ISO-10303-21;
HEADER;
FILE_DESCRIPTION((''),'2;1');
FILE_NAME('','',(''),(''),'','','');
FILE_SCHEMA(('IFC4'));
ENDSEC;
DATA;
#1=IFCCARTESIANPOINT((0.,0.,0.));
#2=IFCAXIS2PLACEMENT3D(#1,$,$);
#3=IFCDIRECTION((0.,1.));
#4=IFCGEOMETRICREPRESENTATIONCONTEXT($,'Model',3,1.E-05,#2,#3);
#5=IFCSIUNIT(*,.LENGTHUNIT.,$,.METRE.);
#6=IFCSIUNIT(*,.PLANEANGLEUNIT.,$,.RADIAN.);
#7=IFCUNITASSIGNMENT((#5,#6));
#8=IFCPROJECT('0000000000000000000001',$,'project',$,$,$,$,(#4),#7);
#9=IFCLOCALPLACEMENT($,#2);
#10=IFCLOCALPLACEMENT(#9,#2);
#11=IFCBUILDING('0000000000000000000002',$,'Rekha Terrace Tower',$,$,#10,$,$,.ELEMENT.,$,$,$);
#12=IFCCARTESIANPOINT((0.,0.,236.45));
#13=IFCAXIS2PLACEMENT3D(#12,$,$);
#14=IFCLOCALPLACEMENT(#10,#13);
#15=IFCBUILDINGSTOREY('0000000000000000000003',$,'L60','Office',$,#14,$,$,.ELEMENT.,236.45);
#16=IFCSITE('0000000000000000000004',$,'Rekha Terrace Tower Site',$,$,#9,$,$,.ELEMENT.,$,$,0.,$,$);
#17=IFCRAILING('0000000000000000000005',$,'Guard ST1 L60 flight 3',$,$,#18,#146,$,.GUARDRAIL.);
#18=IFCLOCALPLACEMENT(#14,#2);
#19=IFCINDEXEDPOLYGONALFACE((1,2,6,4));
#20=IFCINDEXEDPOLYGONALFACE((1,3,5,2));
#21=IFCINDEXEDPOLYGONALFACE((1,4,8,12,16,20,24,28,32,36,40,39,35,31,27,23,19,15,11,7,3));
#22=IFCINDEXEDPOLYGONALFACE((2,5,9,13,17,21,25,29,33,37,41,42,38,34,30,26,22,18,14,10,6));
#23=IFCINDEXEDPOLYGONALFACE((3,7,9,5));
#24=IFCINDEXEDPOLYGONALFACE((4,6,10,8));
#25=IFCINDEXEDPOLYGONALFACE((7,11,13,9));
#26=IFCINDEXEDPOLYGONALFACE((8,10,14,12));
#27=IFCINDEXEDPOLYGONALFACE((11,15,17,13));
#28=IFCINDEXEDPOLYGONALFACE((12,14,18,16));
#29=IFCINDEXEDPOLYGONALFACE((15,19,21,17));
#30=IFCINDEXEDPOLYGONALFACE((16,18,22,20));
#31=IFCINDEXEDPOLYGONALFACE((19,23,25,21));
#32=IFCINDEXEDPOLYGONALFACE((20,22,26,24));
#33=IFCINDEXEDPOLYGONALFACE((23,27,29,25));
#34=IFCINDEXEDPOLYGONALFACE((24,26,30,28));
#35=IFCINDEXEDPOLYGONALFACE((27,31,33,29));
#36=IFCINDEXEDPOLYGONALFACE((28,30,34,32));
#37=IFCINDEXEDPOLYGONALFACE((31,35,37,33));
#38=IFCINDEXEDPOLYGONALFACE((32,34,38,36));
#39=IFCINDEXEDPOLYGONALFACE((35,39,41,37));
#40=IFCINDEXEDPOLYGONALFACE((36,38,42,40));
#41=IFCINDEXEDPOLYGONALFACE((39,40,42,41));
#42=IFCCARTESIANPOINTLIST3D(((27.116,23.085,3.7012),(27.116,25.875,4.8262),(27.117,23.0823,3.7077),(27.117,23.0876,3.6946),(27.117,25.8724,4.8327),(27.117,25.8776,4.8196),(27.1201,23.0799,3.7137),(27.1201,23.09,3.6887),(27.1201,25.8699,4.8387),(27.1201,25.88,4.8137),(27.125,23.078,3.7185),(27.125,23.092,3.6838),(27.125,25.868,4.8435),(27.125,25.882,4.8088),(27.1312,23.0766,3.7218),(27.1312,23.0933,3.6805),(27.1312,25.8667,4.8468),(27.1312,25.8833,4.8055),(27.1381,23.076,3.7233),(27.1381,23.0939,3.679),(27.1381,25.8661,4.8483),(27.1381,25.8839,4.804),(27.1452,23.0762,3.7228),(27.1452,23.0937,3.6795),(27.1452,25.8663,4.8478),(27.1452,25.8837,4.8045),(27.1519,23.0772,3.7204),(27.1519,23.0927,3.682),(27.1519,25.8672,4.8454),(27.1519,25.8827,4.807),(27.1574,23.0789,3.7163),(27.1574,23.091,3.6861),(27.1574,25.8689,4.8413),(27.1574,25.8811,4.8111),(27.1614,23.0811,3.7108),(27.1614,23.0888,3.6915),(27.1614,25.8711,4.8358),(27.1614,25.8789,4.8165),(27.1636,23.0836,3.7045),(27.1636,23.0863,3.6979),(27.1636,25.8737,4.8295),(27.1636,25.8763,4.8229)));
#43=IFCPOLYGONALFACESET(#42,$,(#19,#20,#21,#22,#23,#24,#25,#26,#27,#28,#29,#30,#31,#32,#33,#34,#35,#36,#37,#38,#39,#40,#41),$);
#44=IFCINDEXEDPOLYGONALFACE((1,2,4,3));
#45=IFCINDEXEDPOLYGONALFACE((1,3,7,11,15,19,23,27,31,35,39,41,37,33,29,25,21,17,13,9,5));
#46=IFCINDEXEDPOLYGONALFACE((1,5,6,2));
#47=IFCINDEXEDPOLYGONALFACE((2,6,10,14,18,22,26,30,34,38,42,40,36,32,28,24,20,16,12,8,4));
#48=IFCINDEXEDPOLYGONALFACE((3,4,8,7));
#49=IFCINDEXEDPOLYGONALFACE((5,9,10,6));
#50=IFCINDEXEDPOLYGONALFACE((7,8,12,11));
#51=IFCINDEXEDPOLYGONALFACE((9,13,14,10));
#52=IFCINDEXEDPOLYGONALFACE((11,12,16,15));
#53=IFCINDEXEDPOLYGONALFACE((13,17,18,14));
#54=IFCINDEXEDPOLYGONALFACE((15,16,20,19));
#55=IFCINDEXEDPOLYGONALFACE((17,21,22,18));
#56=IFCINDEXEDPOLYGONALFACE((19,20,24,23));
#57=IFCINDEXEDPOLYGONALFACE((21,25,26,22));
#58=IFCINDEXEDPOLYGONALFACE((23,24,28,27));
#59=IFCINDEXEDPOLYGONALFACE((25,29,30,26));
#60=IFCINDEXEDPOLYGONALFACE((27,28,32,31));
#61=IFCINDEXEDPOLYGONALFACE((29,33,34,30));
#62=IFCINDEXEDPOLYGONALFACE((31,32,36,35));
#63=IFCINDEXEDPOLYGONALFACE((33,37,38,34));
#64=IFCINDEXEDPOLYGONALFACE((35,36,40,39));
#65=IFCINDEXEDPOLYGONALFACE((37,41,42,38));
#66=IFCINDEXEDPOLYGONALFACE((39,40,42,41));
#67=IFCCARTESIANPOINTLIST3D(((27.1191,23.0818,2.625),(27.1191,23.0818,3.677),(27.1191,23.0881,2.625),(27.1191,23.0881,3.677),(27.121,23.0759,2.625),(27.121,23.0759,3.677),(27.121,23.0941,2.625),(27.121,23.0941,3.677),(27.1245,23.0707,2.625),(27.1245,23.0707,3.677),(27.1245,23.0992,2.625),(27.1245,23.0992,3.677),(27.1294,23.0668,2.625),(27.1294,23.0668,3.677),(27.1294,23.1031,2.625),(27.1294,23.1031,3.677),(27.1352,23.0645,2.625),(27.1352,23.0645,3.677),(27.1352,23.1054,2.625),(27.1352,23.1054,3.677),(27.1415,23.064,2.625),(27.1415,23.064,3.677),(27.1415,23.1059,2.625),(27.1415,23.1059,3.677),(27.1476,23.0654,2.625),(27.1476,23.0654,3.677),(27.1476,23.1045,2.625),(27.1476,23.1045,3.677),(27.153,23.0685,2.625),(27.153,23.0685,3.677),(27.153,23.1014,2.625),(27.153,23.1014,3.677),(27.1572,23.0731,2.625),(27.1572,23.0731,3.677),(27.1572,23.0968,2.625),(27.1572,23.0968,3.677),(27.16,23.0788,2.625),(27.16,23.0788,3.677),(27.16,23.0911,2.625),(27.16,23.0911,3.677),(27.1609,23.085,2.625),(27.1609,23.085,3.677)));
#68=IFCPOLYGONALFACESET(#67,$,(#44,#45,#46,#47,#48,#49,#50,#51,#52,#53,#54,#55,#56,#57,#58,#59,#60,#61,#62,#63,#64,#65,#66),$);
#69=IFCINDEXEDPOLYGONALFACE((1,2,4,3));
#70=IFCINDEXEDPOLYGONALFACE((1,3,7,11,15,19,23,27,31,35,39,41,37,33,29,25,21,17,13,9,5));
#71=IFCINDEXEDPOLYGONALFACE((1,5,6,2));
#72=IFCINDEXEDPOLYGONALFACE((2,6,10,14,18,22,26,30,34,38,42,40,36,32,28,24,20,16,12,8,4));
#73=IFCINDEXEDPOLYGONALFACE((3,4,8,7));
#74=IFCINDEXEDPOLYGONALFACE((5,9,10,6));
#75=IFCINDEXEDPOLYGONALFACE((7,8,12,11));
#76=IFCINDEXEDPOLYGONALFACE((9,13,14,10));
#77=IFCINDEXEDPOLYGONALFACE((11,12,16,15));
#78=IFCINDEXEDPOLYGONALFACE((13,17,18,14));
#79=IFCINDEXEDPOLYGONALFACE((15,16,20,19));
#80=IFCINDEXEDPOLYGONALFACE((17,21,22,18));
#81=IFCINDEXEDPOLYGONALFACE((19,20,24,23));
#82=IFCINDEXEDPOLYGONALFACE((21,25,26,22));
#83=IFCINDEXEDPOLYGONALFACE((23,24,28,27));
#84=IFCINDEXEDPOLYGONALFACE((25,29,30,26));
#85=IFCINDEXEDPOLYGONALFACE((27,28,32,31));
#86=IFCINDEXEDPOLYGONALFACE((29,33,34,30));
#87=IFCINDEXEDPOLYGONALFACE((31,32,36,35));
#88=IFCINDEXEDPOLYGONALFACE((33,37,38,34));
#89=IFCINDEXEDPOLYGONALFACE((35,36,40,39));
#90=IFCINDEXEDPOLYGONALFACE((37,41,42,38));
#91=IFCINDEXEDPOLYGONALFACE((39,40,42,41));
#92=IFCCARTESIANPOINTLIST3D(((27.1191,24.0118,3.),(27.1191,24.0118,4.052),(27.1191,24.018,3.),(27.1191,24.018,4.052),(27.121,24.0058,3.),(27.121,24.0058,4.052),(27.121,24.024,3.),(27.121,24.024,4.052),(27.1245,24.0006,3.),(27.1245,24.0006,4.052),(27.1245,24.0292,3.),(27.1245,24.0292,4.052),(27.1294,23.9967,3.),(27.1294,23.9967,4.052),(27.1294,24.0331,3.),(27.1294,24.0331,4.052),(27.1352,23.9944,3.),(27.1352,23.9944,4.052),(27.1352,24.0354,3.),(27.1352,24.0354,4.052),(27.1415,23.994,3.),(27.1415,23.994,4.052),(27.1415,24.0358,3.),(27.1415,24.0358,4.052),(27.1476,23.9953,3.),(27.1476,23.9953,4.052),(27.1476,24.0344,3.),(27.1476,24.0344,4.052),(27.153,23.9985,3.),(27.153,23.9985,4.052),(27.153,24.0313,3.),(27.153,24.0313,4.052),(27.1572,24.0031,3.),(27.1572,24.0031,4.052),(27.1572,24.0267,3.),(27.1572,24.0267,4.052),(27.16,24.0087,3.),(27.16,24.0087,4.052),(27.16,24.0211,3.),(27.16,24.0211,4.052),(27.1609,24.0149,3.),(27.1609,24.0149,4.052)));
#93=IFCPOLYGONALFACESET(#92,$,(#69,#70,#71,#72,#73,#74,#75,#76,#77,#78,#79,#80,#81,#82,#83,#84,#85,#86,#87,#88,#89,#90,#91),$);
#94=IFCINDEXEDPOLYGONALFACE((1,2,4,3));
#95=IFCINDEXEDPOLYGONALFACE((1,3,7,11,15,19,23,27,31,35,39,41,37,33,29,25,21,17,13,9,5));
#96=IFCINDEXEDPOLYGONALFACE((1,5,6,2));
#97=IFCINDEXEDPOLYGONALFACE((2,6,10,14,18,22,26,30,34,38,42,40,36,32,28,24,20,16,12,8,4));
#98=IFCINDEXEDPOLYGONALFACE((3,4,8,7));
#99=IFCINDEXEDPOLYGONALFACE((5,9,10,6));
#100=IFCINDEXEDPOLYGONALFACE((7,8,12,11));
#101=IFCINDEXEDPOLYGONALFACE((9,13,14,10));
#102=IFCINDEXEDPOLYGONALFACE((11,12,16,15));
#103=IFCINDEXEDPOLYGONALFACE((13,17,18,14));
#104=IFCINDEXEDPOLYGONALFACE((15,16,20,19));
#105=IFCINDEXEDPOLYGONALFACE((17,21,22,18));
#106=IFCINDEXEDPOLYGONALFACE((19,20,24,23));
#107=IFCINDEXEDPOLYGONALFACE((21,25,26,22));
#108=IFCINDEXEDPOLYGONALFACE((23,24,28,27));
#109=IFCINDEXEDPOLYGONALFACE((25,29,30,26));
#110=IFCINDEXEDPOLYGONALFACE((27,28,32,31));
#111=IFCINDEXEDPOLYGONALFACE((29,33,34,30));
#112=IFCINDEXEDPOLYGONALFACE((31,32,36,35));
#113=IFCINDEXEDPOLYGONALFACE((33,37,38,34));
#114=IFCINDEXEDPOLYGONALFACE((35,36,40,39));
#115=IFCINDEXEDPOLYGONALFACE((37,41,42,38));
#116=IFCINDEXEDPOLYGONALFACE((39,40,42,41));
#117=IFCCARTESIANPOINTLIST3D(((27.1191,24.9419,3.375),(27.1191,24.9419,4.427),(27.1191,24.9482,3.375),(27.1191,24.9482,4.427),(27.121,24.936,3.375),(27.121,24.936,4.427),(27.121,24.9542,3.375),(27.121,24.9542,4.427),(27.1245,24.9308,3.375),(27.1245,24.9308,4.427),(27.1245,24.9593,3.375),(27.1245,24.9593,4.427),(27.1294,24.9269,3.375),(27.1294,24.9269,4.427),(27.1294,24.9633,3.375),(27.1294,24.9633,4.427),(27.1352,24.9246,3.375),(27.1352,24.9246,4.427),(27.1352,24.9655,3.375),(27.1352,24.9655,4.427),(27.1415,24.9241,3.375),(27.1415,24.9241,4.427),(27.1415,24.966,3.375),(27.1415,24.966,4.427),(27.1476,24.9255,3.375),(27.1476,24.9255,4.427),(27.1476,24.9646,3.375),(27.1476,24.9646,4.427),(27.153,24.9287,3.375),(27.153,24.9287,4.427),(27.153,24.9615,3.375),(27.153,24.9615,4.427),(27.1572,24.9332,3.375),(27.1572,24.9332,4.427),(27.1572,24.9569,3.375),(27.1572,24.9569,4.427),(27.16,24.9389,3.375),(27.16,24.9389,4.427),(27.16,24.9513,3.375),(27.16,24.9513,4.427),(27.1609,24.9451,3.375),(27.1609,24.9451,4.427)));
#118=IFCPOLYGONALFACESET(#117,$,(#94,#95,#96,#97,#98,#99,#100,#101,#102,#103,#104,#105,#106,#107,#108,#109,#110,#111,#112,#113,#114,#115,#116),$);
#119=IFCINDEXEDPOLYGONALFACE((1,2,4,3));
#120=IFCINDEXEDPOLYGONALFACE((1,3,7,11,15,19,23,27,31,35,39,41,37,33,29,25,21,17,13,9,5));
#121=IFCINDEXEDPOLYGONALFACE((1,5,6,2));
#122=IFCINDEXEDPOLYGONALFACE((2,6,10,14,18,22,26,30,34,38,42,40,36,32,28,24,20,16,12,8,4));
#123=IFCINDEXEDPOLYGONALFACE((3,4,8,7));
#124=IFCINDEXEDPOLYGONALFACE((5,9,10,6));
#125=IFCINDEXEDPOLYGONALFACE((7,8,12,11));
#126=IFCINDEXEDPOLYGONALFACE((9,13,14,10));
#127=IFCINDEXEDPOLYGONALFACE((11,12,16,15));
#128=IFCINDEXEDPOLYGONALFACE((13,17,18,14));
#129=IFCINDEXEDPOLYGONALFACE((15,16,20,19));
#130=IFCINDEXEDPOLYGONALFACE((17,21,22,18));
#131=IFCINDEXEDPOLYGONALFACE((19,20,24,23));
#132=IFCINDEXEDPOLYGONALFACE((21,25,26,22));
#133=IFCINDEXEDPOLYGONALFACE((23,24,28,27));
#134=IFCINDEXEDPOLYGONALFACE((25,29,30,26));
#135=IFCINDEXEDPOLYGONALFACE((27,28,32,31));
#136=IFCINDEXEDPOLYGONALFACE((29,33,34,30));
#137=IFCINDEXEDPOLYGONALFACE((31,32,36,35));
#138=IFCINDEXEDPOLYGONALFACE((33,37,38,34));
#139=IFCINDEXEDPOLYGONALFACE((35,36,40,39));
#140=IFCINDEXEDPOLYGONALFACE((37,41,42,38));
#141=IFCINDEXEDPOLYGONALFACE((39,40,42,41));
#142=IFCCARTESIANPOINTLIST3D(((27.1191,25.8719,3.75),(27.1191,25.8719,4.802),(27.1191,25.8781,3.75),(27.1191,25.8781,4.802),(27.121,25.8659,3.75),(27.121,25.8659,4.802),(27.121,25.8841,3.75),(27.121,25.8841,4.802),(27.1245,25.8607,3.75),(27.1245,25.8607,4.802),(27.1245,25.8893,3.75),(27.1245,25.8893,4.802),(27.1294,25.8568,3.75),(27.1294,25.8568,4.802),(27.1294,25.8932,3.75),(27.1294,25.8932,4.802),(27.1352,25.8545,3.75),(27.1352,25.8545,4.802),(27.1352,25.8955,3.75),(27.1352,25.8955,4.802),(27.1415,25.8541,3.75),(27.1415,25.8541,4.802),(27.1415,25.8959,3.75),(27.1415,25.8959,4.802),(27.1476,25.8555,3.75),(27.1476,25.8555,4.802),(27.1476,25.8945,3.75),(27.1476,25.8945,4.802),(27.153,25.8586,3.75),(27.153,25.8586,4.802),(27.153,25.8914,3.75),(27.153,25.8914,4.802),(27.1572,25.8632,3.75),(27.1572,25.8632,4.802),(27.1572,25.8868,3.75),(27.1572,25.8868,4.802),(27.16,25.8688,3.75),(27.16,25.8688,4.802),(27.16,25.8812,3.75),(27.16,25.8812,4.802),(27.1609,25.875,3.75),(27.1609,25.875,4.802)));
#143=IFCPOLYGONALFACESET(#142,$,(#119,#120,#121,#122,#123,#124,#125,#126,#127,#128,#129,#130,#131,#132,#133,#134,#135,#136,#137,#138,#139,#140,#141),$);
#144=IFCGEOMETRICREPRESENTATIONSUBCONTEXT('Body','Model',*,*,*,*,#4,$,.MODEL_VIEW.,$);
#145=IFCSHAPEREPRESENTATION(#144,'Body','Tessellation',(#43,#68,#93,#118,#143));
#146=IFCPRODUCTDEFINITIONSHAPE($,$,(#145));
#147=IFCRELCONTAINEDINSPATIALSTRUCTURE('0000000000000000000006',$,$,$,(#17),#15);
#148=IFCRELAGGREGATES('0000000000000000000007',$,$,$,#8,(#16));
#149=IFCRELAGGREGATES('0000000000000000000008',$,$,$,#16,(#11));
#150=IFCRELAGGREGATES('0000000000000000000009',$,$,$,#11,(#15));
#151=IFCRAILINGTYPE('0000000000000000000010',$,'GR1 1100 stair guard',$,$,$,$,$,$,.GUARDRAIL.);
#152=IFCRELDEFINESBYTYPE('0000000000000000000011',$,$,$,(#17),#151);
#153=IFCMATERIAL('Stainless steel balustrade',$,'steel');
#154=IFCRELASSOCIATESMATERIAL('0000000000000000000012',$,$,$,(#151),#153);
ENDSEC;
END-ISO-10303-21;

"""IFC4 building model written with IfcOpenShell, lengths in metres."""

from ifc_helpers import new_model, si_unit, direction, frame, origin, origin_2d, place, context, subcontext, project, spatial, circle, extrude, material, type_object, element, save


model = new_model("IFC4")

# Units and contexts
model_context = context("Model", 3, precision=1e-05, world=origin(), true_north=direction((0.0, 1.0)))
body_context = subcontext(model_context, "Body", "Model", "MODEL_VIEW")
ifc_project = project(units=[si_unit("LENGTHUNIT", "METRE"), si_unit("PLANEANGLEUNIT", "RADIAN")], contexts=[model_context])

# Site, building, storey
site_placement = place(None, origin())
site = spatial("IfcSite", under=ifc_project, at=site_placement, Name="Rekha Terrace Tower Site", CompositionType="ELEMENT", RefElevation=0.0)
building_placement = place(site_placement, origin())
building = spatial("IfcBuilding", under=site, at=building_placement, Name="Rekha Terrace Tower", CompositionType="ELEMENT")
storey_placement = place(building_placement, frame((0.0, 0.0, 236.45)))
storey = spatial("IfcBuildingStorey", under=building, at=storey_placement, Name="L60", Description="Office", CompositionType="ELEMENT", Elevation=236.45)

# Railing
ifc_material_1 = material(Name="Stainless steel balustrade", Category="steel")
railing_type_1 = type_object("IfcRailingType", Name="GR1 1100 stair guard", PredefinedType="GUARDRAIL", material=ifc_material_1)
railing_1_placement = place(storey_placement, frame((27.1399, 23.085, 2.625)))
element("IfcRailing", 1, at=railing_1_placement, inside=storey, type_object=railing_type_1, Name="Guard ST1 L60 flight 3", PredefinedType="GUARDRAIL", context=body_context, shape_type="SweptSolid", body=[
    extrude(circle(Radius=0.0239, at=origin_2d()), frame((0.0, 0.0, 1.0762), z_axis=(0.0, 0.927443, 0.373964), x_axis=(-1.0, 0.0, 0.0)), (0.0, 0.0, 1.0), 3.0083),
    extrude(circle(Radius=0.021, at=origin_2d()), origin(), (0.0, 0.0, 1.0), 1.052),
    extrude(circle(Radius=0.021, at=origin_2d()), frame((0.0, 0.9299, 0.375)), (0.0, 0.0, 1.0), 1.052),
    extrude(circle(Radius=0.021, at=origin_2d()), frame((0.0, 1.8601, 0.75)), (0.0, 0.0, 1.0), 1.052),
    extrude(circle(Radius=0.021, at=origin_2d()), frame((0.0, 2.79, 1.125)), (0.0, 0.0, 1.0), 1.052),
])

save(model, "model.ifc")
